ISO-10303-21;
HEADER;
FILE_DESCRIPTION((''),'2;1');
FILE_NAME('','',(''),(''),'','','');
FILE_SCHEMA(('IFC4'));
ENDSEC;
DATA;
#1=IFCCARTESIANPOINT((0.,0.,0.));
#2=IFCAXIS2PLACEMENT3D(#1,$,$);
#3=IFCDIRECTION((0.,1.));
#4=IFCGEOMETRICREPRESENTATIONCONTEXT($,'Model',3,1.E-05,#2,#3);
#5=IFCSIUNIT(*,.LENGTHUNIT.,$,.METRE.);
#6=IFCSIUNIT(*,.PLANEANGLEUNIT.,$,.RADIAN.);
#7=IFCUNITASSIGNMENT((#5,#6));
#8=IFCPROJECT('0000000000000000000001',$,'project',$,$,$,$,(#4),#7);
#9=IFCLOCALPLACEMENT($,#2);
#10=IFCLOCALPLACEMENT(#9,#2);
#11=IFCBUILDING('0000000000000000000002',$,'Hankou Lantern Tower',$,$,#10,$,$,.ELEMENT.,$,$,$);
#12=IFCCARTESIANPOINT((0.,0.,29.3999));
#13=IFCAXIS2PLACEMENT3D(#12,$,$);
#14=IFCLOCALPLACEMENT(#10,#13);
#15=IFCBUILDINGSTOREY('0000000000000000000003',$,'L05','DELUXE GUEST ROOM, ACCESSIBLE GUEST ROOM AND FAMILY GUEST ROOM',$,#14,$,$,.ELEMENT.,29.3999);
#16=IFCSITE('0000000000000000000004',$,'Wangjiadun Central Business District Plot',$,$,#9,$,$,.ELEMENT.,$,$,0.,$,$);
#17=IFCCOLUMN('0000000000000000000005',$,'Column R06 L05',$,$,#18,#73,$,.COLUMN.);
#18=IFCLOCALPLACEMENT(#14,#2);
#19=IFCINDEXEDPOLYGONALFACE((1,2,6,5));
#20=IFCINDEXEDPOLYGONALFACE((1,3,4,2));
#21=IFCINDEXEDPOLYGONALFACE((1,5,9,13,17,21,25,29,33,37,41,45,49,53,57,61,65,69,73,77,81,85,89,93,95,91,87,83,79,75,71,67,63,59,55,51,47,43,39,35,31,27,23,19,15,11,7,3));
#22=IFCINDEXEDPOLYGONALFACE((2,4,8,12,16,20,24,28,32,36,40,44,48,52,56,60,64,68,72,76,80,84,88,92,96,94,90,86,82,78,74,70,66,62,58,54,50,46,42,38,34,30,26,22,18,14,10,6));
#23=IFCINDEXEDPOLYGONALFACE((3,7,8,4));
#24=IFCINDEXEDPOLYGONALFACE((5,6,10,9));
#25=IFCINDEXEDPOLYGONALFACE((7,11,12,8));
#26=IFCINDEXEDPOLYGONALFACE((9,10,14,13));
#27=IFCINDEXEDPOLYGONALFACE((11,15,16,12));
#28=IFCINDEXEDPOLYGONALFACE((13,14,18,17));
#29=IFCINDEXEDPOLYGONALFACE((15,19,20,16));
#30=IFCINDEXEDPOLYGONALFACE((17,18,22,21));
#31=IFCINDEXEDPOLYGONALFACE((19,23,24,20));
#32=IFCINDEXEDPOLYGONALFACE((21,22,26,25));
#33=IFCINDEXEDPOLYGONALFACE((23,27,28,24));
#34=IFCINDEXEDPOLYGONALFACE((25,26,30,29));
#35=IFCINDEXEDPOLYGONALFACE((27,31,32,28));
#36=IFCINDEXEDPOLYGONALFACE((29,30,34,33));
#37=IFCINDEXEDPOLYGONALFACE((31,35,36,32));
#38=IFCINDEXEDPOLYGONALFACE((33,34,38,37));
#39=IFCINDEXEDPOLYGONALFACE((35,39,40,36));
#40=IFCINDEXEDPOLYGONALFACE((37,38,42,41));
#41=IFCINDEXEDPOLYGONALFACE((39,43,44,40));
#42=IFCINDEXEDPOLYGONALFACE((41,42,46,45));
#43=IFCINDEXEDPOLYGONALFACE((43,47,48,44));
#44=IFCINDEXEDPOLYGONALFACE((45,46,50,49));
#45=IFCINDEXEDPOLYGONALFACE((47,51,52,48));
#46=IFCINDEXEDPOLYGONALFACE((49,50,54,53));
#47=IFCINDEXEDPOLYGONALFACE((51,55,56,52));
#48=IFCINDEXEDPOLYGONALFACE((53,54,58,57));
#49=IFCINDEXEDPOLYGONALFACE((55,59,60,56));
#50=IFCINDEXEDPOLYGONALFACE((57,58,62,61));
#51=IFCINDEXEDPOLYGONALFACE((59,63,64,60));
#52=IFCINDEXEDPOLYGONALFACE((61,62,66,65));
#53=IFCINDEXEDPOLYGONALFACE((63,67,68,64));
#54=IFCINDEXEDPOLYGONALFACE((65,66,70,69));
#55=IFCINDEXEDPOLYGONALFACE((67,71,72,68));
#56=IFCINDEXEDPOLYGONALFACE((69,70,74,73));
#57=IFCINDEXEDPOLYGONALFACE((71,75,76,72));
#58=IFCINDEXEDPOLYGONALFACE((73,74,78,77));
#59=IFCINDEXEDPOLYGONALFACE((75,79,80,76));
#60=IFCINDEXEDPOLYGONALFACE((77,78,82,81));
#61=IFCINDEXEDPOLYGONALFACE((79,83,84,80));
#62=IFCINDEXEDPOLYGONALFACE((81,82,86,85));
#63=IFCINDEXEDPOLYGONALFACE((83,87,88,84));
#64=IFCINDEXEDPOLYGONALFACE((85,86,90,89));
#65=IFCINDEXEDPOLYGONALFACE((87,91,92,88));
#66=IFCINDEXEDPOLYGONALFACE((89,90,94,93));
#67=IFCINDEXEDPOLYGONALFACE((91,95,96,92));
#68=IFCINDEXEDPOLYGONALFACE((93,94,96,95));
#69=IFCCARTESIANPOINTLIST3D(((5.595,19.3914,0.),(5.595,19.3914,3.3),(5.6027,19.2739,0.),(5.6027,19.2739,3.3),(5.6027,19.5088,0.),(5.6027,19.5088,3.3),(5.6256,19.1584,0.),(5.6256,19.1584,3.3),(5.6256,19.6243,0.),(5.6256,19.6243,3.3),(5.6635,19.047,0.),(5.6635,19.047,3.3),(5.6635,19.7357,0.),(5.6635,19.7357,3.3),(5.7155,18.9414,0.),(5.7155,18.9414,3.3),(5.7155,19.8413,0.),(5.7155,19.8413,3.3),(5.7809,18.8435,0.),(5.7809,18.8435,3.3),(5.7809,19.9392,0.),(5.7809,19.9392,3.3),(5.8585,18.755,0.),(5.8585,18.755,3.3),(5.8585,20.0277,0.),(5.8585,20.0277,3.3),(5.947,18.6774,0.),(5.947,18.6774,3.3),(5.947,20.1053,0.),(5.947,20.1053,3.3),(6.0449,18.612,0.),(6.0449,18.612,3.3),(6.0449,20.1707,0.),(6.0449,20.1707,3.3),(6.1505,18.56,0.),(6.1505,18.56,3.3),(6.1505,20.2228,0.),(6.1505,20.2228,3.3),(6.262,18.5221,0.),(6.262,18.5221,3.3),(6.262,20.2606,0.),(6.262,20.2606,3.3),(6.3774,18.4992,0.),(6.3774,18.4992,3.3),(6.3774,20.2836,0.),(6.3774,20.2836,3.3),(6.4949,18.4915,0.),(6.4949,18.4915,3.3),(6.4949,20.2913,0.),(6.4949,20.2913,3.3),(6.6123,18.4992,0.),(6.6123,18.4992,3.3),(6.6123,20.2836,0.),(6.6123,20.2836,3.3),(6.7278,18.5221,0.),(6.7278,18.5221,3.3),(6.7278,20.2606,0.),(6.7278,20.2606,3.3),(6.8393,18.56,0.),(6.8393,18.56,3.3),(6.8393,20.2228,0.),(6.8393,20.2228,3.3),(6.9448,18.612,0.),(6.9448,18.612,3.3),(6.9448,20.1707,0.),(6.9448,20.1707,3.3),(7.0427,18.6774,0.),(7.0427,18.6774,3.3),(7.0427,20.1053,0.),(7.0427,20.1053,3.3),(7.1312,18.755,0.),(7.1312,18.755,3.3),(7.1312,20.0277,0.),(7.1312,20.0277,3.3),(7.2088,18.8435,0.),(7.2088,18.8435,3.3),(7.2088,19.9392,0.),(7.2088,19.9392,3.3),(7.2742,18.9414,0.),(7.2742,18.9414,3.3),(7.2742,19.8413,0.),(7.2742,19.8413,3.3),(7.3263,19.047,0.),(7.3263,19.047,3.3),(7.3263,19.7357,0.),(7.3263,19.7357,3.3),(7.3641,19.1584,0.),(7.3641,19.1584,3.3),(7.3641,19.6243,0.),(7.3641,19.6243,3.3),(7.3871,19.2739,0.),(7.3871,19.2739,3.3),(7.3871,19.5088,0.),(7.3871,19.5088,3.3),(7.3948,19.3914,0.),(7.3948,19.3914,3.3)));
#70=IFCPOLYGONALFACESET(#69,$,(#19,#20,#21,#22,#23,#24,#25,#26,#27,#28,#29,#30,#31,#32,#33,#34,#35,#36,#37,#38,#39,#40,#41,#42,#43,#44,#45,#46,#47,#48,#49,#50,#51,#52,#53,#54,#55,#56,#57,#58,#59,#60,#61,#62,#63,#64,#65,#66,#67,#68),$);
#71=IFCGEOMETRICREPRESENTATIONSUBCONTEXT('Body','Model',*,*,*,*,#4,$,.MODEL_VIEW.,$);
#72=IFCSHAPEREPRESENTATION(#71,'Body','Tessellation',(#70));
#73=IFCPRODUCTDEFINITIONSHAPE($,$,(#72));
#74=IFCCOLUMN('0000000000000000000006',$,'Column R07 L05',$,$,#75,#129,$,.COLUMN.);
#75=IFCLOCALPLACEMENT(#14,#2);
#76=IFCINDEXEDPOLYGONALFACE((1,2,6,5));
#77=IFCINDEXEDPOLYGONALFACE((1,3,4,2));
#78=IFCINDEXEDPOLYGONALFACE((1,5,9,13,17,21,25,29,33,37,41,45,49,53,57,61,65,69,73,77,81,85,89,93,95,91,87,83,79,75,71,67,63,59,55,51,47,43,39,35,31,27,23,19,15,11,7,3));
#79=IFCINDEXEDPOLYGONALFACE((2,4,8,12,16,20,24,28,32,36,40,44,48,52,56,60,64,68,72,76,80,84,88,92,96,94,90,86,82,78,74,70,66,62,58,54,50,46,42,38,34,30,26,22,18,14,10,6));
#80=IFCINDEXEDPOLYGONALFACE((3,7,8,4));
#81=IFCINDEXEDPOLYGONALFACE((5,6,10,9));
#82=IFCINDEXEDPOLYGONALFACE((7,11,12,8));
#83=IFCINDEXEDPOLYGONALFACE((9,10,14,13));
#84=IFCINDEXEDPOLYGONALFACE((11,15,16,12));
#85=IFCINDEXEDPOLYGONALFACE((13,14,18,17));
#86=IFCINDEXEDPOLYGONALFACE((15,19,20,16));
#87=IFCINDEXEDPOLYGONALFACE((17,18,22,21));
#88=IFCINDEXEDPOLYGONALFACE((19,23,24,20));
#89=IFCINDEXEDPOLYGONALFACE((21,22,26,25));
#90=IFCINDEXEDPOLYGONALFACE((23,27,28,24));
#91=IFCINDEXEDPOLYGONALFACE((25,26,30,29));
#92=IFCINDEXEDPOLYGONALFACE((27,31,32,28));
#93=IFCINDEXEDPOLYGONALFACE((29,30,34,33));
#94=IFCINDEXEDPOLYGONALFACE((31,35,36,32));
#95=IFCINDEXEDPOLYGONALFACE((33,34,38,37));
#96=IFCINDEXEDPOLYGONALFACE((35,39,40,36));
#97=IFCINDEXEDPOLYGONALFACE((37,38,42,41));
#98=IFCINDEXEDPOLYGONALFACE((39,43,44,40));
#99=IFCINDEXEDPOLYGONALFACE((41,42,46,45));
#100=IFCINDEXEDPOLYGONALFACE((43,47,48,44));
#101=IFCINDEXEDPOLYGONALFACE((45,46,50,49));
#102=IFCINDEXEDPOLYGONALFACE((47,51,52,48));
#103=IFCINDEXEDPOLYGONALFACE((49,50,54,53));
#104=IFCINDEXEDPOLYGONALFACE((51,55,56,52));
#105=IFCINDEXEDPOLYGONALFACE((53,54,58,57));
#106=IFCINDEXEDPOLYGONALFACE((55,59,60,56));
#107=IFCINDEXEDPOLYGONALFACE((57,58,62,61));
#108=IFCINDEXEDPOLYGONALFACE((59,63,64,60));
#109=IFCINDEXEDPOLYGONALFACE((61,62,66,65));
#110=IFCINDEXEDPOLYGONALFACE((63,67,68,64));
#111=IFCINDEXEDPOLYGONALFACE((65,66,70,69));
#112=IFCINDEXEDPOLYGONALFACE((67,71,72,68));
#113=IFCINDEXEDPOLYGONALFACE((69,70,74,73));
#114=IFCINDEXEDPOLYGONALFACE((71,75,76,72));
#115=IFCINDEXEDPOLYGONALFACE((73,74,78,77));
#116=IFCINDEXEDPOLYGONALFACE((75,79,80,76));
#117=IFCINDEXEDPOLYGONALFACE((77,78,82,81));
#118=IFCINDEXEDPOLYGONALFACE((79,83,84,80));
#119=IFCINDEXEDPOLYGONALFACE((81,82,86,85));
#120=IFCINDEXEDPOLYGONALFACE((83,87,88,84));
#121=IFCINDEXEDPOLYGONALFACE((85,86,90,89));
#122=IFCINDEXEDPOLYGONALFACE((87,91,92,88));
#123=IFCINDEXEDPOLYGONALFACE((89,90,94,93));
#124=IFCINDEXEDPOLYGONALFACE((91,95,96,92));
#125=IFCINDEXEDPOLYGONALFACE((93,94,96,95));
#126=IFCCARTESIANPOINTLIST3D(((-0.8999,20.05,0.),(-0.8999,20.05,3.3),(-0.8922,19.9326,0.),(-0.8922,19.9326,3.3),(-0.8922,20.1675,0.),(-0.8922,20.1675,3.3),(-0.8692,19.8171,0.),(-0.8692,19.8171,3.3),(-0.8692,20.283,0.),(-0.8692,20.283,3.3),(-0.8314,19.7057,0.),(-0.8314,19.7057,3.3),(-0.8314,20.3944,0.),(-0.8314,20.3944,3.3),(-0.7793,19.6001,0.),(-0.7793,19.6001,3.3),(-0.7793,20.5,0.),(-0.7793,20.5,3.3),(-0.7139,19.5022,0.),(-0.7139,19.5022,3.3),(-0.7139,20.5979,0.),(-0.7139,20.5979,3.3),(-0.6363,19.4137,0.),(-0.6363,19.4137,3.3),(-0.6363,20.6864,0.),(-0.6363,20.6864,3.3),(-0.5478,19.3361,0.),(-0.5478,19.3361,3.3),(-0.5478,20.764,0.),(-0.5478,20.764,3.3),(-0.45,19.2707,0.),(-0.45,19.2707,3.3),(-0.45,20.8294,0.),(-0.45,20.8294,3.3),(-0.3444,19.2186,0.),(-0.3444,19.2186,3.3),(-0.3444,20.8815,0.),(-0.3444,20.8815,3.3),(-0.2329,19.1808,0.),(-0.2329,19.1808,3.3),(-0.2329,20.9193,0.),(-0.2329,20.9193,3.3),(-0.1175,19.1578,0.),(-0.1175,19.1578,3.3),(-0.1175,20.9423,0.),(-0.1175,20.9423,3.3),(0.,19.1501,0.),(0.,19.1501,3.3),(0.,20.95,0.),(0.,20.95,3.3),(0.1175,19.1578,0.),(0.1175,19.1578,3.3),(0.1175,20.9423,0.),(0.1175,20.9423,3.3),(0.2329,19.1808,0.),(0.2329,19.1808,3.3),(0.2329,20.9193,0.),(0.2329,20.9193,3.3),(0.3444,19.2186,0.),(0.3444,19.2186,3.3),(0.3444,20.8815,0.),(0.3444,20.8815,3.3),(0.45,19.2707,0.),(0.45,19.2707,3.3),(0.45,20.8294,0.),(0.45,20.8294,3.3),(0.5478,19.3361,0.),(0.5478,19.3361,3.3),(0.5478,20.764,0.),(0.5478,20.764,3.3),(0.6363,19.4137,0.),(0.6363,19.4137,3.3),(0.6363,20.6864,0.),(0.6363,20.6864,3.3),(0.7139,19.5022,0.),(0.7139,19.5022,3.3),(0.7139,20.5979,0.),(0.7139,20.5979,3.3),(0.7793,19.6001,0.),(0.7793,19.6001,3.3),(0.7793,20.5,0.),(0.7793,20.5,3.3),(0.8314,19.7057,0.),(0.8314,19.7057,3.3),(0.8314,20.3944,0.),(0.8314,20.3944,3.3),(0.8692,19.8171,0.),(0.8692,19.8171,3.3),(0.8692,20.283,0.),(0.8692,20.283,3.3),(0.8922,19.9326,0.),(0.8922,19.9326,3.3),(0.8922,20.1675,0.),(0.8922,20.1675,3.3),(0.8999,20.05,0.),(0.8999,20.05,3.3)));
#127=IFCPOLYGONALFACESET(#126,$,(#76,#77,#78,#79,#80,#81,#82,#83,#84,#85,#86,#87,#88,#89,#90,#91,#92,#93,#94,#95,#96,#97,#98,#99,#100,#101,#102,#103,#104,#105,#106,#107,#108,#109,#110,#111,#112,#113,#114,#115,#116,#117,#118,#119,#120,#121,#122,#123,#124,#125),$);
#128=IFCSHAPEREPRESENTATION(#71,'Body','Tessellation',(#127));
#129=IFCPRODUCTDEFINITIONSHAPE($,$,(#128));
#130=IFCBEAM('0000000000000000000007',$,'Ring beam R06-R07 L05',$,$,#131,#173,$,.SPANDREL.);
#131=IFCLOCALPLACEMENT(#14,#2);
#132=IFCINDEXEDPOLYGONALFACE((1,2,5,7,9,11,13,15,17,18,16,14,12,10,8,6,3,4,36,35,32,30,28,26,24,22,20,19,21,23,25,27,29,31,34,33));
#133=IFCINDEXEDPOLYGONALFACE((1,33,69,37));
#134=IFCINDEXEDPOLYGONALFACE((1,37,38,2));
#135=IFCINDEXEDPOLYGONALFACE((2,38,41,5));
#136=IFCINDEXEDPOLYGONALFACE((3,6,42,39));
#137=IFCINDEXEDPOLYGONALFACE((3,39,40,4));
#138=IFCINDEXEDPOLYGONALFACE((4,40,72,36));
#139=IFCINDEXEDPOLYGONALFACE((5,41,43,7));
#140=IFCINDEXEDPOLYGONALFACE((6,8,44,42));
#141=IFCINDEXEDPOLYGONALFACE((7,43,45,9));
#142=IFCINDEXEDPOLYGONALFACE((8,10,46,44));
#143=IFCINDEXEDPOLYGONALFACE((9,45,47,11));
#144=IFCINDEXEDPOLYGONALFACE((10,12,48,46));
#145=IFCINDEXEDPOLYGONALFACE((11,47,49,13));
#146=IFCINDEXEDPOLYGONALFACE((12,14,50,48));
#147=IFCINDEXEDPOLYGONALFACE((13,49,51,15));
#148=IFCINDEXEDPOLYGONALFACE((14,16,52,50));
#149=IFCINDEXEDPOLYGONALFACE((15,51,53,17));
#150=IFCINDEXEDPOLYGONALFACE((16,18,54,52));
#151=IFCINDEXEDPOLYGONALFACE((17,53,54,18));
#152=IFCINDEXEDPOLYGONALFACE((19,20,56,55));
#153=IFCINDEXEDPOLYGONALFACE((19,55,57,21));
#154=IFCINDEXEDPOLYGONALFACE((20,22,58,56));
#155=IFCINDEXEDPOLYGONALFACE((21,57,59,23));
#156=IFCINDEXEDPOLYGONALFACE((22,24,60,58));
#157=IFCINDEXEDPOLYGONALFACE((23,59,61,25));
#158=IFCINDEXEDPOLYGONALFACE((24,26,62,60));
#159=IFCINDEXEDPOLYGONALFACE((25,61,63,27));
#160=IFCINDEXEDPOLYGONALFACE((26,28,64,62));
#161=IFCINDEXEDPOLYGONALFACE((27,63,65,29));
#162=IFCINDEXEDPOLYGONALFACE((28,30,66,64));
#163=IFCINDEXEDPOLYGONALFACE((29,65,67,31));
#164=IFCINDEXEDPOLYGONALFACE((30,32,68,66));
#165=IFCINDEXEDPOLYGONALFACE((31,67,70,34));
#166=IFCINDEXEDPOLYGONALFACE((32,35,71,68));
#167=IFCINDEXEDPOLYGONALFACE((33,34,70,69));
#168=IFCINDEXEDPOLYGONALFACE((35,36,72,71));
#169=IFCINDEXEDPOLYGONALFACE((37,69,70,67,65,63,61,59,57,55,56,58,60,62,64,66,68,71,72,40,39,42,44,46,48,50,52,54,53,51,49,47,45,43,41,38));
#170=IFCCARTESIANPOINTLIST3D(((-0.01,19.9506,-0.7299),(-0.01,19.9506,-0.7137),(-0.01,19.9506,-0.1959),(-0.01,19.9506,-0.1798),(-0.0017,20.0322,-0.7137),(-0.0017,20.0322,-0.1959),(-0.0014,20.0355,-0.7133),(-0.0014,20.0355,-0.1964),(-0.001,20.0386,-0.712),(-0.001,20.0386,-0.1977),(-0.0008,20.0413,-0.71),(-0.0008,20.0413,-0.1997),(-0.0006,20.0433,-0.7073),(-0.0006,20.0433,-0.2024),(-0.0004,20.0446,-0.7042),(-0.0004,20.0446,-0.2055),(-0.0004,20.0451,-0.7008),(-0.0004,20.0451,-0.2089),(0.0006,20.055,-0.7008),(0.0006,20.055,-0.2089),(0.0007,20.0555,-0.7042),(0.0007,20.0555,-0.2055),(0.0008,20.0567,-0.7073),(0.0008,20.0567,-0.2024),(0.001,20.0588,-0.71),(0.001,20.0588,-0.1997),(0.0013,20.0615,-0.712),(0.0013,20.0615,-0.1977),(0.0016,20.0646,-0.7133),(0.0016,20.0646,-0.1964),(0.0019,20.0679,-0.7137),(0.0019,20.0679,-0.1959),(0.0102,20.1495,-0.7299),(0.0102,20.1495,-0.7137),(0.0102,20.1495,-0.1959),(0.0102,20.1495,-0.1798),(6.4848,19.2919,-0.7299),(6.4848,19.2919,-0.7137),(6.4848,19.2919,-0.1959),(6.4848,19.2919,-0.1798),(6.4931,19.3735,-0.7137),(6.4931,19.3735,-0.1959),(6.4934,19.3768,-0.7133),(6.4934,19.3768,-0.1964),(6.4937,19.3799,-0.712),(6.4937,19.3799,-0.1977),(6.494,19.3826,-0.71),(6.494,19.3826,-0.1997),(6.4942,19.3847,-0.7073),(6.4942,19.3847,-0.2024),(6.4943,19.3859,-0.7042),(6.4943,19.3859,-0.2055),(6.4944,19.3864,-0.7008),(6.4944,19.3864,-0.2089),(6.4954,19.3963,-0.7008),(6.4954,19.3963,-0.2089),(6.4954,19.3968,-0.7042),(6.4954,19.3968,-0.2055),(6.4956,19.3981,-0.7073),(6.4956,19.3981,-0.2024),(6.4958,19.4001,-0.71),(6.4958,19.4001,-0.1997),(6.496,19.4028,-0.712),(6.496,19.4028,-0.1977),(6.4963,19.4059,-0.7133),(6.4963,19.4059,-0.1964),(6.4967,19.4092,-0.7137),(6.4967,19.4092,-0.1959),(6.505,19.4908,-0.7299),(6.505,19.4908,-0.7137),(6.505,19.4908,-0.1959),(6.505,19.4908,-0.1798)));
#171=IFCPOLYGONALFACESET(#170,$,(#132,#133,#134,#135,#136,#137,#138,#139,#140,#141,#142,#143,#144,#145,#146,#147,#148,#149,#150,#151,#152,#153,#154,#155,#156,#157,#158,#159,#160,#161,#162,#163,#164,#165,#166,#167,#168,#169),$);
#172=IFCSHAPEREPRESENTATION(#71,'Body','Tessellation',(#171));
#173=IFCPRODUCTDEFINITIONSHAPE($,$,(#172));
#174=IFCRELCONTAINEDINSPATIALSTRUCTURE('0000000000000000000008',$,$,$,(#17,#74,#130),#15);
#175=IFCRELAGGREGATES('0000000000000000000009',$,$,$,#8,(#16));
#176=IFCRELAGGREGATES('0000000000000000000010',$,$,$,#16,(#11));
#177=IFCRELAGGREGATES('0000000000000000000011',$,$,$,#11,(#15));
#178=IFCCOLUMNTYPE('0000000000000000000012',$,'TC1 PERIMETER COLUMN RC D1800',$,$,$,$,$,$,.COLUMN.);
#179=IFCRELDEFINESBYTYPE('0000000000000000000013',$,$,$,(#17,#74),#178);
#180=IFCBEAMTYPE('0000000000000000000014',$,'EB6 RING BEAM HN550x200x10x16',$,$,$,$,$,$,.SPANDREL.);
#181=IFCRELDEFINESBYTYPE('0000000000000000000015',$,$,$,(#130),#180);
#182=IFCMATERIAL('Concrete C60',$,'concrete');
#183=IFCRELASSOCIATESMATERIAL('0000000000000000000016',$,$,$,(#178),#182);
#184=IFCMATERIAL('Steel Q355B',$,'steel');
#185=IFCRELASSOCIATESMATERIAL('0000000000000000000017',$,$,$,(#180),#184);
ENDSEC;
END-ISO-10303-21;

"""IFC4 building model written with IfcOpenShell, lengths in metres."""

from ifc_helpers import new_model, si_unit, direction, frame, origin, origin_2d, place, context, subcontext, project, spatial, circle, i_section, extrude, material, material_profile, profile_set, type_object, element, save


model = new_model("IFC4")

# Units and contexts
model_context = context("Model", 3, precision=1e-05, world=origin(), true_north=direction((0.0, 1.0)))
body_context = subcontext(model_context, "Body", "Model", "MODEL_VIEW")
ifc_project = project(units=[si_unit("LENGTHUNIT", "METRE"), si_unit("PLANEANGLEUNIT", "RADIAN")], contexts=[model_context])

# Site, building, storey
site_placement = place(None, origin())
site = spatial("IfcSite", under=ifc_project, at=site_placement, Name="Wangjiadun Central Business District Plot", CompositionType="ELEMENT", RefElevation=0.0)
building_placement = place(site_placement, origin())
building = spatial("IfcBuilding", under=site, at=building_placement, Name="Hankou Lantern Tower", CompositionType="ELEMENT")
storey_placement = place(building_placement, frame((0.0, 0.0, 29.3999)))
storey = spatial("IfcBuildingStorey", under=building, at=storey_placement, Name="L05", Description="DELUXE GUEST ROOM, ACCESSIBLE GUEST ROOM AND FAMILY GUEST ROOM", CompositionType="ELEMENT", Elevation=29.3999)

# Columns
ifc_material_1 = material(Name="Concrete C60", Category="concrete")
ifc_material_profile_1 = material_profile(ifc_material_1, circle(Radius=0.8999, at=origin_2d()), Name="RC D1800")
ifc_profile_set_1 = profile_set([ifc_material_profile_1], Name="Concrete C60")
column_type = type_object("IfcColumnType", Name="TC1 PERIMETER COLUMN RC D1800", PredefinedType="COLUMN", material=ifc_profile_set_1)
for number, where, z_axis, x_axis, name in (
    (1, (6.4949, 19.3914, 0.0), (0.0, 0.0, 1.0), (1.0, 0.0, 0.0), "Column R06 L05"),
    (2, (0.0, 20.05, 0.0), (0.0, 0.0, 1.0), (1.0, 0.0, 0.0), "Column R07 L05"),
):
    element("IfcColumn", number, at=place(storey_placement, frame(where, z_axis=z_axis, x_axis=x_axis)), inside=storey, type_object=column_type, Name=name, PredefinedType="COLUMN", context=body_context, shape_type="SweptSolid", body=[
        extrude(circle(Radius=0.8999, at=origin_2d()), origin(), (0.0, 0.0, 1.0), 3.3),
    ])

# Beam
ifc_material_2 = material(Name="Steel Q355B", Category="steel")
ifc_material_profile_2 = material_profile(ifc_material_2, i_section(OverallWidth=0.2, OverallDepth=0.55, WebThickness=0.01, FlangeThickness=0.0161, FilletRadius=0.0129, at=origin_2d()), Name="HN550x200x10x16")
ifc_profile_set_2 = profile_set([ifc_material_profile_2], Name="Steel Q355B")
beam_type_1 = type_object("IfcBeamType", Name="EB6 RING BEAM HN550x200x10x16", PredefinedType="SPANDREL", material=ifc_profile_set_2)
for number, where, z_axis, x_axis, name in (
    (3, (6.4949, 19.3914, -0.4548), (-0.994897, 0.1009, 0.0), (-0.1009, -0.994897, 0.0), "Ring beam R06-R07 L05"),
):
    element("IfcBeam", number, at=place(storey_placement, frame(where, z_axis=z_axis, x_axis=x_axis)), inside=storey, type_object=beam_type_1, Name=name, PredefinedType="SPANDREL", context=body_context, shape_type="SweptSolid", body=[
        extrude(i_section(OverallWidth=0.2, OverallDepth=0.55, WebThickness=0.01, FlangeThickness=0.0161, FilletRadius=0.0129, at=origin_2d()), origin(), (0.0, 0.0, 1.0), 6.5281),
    ])

save(model, "model.ifc")
